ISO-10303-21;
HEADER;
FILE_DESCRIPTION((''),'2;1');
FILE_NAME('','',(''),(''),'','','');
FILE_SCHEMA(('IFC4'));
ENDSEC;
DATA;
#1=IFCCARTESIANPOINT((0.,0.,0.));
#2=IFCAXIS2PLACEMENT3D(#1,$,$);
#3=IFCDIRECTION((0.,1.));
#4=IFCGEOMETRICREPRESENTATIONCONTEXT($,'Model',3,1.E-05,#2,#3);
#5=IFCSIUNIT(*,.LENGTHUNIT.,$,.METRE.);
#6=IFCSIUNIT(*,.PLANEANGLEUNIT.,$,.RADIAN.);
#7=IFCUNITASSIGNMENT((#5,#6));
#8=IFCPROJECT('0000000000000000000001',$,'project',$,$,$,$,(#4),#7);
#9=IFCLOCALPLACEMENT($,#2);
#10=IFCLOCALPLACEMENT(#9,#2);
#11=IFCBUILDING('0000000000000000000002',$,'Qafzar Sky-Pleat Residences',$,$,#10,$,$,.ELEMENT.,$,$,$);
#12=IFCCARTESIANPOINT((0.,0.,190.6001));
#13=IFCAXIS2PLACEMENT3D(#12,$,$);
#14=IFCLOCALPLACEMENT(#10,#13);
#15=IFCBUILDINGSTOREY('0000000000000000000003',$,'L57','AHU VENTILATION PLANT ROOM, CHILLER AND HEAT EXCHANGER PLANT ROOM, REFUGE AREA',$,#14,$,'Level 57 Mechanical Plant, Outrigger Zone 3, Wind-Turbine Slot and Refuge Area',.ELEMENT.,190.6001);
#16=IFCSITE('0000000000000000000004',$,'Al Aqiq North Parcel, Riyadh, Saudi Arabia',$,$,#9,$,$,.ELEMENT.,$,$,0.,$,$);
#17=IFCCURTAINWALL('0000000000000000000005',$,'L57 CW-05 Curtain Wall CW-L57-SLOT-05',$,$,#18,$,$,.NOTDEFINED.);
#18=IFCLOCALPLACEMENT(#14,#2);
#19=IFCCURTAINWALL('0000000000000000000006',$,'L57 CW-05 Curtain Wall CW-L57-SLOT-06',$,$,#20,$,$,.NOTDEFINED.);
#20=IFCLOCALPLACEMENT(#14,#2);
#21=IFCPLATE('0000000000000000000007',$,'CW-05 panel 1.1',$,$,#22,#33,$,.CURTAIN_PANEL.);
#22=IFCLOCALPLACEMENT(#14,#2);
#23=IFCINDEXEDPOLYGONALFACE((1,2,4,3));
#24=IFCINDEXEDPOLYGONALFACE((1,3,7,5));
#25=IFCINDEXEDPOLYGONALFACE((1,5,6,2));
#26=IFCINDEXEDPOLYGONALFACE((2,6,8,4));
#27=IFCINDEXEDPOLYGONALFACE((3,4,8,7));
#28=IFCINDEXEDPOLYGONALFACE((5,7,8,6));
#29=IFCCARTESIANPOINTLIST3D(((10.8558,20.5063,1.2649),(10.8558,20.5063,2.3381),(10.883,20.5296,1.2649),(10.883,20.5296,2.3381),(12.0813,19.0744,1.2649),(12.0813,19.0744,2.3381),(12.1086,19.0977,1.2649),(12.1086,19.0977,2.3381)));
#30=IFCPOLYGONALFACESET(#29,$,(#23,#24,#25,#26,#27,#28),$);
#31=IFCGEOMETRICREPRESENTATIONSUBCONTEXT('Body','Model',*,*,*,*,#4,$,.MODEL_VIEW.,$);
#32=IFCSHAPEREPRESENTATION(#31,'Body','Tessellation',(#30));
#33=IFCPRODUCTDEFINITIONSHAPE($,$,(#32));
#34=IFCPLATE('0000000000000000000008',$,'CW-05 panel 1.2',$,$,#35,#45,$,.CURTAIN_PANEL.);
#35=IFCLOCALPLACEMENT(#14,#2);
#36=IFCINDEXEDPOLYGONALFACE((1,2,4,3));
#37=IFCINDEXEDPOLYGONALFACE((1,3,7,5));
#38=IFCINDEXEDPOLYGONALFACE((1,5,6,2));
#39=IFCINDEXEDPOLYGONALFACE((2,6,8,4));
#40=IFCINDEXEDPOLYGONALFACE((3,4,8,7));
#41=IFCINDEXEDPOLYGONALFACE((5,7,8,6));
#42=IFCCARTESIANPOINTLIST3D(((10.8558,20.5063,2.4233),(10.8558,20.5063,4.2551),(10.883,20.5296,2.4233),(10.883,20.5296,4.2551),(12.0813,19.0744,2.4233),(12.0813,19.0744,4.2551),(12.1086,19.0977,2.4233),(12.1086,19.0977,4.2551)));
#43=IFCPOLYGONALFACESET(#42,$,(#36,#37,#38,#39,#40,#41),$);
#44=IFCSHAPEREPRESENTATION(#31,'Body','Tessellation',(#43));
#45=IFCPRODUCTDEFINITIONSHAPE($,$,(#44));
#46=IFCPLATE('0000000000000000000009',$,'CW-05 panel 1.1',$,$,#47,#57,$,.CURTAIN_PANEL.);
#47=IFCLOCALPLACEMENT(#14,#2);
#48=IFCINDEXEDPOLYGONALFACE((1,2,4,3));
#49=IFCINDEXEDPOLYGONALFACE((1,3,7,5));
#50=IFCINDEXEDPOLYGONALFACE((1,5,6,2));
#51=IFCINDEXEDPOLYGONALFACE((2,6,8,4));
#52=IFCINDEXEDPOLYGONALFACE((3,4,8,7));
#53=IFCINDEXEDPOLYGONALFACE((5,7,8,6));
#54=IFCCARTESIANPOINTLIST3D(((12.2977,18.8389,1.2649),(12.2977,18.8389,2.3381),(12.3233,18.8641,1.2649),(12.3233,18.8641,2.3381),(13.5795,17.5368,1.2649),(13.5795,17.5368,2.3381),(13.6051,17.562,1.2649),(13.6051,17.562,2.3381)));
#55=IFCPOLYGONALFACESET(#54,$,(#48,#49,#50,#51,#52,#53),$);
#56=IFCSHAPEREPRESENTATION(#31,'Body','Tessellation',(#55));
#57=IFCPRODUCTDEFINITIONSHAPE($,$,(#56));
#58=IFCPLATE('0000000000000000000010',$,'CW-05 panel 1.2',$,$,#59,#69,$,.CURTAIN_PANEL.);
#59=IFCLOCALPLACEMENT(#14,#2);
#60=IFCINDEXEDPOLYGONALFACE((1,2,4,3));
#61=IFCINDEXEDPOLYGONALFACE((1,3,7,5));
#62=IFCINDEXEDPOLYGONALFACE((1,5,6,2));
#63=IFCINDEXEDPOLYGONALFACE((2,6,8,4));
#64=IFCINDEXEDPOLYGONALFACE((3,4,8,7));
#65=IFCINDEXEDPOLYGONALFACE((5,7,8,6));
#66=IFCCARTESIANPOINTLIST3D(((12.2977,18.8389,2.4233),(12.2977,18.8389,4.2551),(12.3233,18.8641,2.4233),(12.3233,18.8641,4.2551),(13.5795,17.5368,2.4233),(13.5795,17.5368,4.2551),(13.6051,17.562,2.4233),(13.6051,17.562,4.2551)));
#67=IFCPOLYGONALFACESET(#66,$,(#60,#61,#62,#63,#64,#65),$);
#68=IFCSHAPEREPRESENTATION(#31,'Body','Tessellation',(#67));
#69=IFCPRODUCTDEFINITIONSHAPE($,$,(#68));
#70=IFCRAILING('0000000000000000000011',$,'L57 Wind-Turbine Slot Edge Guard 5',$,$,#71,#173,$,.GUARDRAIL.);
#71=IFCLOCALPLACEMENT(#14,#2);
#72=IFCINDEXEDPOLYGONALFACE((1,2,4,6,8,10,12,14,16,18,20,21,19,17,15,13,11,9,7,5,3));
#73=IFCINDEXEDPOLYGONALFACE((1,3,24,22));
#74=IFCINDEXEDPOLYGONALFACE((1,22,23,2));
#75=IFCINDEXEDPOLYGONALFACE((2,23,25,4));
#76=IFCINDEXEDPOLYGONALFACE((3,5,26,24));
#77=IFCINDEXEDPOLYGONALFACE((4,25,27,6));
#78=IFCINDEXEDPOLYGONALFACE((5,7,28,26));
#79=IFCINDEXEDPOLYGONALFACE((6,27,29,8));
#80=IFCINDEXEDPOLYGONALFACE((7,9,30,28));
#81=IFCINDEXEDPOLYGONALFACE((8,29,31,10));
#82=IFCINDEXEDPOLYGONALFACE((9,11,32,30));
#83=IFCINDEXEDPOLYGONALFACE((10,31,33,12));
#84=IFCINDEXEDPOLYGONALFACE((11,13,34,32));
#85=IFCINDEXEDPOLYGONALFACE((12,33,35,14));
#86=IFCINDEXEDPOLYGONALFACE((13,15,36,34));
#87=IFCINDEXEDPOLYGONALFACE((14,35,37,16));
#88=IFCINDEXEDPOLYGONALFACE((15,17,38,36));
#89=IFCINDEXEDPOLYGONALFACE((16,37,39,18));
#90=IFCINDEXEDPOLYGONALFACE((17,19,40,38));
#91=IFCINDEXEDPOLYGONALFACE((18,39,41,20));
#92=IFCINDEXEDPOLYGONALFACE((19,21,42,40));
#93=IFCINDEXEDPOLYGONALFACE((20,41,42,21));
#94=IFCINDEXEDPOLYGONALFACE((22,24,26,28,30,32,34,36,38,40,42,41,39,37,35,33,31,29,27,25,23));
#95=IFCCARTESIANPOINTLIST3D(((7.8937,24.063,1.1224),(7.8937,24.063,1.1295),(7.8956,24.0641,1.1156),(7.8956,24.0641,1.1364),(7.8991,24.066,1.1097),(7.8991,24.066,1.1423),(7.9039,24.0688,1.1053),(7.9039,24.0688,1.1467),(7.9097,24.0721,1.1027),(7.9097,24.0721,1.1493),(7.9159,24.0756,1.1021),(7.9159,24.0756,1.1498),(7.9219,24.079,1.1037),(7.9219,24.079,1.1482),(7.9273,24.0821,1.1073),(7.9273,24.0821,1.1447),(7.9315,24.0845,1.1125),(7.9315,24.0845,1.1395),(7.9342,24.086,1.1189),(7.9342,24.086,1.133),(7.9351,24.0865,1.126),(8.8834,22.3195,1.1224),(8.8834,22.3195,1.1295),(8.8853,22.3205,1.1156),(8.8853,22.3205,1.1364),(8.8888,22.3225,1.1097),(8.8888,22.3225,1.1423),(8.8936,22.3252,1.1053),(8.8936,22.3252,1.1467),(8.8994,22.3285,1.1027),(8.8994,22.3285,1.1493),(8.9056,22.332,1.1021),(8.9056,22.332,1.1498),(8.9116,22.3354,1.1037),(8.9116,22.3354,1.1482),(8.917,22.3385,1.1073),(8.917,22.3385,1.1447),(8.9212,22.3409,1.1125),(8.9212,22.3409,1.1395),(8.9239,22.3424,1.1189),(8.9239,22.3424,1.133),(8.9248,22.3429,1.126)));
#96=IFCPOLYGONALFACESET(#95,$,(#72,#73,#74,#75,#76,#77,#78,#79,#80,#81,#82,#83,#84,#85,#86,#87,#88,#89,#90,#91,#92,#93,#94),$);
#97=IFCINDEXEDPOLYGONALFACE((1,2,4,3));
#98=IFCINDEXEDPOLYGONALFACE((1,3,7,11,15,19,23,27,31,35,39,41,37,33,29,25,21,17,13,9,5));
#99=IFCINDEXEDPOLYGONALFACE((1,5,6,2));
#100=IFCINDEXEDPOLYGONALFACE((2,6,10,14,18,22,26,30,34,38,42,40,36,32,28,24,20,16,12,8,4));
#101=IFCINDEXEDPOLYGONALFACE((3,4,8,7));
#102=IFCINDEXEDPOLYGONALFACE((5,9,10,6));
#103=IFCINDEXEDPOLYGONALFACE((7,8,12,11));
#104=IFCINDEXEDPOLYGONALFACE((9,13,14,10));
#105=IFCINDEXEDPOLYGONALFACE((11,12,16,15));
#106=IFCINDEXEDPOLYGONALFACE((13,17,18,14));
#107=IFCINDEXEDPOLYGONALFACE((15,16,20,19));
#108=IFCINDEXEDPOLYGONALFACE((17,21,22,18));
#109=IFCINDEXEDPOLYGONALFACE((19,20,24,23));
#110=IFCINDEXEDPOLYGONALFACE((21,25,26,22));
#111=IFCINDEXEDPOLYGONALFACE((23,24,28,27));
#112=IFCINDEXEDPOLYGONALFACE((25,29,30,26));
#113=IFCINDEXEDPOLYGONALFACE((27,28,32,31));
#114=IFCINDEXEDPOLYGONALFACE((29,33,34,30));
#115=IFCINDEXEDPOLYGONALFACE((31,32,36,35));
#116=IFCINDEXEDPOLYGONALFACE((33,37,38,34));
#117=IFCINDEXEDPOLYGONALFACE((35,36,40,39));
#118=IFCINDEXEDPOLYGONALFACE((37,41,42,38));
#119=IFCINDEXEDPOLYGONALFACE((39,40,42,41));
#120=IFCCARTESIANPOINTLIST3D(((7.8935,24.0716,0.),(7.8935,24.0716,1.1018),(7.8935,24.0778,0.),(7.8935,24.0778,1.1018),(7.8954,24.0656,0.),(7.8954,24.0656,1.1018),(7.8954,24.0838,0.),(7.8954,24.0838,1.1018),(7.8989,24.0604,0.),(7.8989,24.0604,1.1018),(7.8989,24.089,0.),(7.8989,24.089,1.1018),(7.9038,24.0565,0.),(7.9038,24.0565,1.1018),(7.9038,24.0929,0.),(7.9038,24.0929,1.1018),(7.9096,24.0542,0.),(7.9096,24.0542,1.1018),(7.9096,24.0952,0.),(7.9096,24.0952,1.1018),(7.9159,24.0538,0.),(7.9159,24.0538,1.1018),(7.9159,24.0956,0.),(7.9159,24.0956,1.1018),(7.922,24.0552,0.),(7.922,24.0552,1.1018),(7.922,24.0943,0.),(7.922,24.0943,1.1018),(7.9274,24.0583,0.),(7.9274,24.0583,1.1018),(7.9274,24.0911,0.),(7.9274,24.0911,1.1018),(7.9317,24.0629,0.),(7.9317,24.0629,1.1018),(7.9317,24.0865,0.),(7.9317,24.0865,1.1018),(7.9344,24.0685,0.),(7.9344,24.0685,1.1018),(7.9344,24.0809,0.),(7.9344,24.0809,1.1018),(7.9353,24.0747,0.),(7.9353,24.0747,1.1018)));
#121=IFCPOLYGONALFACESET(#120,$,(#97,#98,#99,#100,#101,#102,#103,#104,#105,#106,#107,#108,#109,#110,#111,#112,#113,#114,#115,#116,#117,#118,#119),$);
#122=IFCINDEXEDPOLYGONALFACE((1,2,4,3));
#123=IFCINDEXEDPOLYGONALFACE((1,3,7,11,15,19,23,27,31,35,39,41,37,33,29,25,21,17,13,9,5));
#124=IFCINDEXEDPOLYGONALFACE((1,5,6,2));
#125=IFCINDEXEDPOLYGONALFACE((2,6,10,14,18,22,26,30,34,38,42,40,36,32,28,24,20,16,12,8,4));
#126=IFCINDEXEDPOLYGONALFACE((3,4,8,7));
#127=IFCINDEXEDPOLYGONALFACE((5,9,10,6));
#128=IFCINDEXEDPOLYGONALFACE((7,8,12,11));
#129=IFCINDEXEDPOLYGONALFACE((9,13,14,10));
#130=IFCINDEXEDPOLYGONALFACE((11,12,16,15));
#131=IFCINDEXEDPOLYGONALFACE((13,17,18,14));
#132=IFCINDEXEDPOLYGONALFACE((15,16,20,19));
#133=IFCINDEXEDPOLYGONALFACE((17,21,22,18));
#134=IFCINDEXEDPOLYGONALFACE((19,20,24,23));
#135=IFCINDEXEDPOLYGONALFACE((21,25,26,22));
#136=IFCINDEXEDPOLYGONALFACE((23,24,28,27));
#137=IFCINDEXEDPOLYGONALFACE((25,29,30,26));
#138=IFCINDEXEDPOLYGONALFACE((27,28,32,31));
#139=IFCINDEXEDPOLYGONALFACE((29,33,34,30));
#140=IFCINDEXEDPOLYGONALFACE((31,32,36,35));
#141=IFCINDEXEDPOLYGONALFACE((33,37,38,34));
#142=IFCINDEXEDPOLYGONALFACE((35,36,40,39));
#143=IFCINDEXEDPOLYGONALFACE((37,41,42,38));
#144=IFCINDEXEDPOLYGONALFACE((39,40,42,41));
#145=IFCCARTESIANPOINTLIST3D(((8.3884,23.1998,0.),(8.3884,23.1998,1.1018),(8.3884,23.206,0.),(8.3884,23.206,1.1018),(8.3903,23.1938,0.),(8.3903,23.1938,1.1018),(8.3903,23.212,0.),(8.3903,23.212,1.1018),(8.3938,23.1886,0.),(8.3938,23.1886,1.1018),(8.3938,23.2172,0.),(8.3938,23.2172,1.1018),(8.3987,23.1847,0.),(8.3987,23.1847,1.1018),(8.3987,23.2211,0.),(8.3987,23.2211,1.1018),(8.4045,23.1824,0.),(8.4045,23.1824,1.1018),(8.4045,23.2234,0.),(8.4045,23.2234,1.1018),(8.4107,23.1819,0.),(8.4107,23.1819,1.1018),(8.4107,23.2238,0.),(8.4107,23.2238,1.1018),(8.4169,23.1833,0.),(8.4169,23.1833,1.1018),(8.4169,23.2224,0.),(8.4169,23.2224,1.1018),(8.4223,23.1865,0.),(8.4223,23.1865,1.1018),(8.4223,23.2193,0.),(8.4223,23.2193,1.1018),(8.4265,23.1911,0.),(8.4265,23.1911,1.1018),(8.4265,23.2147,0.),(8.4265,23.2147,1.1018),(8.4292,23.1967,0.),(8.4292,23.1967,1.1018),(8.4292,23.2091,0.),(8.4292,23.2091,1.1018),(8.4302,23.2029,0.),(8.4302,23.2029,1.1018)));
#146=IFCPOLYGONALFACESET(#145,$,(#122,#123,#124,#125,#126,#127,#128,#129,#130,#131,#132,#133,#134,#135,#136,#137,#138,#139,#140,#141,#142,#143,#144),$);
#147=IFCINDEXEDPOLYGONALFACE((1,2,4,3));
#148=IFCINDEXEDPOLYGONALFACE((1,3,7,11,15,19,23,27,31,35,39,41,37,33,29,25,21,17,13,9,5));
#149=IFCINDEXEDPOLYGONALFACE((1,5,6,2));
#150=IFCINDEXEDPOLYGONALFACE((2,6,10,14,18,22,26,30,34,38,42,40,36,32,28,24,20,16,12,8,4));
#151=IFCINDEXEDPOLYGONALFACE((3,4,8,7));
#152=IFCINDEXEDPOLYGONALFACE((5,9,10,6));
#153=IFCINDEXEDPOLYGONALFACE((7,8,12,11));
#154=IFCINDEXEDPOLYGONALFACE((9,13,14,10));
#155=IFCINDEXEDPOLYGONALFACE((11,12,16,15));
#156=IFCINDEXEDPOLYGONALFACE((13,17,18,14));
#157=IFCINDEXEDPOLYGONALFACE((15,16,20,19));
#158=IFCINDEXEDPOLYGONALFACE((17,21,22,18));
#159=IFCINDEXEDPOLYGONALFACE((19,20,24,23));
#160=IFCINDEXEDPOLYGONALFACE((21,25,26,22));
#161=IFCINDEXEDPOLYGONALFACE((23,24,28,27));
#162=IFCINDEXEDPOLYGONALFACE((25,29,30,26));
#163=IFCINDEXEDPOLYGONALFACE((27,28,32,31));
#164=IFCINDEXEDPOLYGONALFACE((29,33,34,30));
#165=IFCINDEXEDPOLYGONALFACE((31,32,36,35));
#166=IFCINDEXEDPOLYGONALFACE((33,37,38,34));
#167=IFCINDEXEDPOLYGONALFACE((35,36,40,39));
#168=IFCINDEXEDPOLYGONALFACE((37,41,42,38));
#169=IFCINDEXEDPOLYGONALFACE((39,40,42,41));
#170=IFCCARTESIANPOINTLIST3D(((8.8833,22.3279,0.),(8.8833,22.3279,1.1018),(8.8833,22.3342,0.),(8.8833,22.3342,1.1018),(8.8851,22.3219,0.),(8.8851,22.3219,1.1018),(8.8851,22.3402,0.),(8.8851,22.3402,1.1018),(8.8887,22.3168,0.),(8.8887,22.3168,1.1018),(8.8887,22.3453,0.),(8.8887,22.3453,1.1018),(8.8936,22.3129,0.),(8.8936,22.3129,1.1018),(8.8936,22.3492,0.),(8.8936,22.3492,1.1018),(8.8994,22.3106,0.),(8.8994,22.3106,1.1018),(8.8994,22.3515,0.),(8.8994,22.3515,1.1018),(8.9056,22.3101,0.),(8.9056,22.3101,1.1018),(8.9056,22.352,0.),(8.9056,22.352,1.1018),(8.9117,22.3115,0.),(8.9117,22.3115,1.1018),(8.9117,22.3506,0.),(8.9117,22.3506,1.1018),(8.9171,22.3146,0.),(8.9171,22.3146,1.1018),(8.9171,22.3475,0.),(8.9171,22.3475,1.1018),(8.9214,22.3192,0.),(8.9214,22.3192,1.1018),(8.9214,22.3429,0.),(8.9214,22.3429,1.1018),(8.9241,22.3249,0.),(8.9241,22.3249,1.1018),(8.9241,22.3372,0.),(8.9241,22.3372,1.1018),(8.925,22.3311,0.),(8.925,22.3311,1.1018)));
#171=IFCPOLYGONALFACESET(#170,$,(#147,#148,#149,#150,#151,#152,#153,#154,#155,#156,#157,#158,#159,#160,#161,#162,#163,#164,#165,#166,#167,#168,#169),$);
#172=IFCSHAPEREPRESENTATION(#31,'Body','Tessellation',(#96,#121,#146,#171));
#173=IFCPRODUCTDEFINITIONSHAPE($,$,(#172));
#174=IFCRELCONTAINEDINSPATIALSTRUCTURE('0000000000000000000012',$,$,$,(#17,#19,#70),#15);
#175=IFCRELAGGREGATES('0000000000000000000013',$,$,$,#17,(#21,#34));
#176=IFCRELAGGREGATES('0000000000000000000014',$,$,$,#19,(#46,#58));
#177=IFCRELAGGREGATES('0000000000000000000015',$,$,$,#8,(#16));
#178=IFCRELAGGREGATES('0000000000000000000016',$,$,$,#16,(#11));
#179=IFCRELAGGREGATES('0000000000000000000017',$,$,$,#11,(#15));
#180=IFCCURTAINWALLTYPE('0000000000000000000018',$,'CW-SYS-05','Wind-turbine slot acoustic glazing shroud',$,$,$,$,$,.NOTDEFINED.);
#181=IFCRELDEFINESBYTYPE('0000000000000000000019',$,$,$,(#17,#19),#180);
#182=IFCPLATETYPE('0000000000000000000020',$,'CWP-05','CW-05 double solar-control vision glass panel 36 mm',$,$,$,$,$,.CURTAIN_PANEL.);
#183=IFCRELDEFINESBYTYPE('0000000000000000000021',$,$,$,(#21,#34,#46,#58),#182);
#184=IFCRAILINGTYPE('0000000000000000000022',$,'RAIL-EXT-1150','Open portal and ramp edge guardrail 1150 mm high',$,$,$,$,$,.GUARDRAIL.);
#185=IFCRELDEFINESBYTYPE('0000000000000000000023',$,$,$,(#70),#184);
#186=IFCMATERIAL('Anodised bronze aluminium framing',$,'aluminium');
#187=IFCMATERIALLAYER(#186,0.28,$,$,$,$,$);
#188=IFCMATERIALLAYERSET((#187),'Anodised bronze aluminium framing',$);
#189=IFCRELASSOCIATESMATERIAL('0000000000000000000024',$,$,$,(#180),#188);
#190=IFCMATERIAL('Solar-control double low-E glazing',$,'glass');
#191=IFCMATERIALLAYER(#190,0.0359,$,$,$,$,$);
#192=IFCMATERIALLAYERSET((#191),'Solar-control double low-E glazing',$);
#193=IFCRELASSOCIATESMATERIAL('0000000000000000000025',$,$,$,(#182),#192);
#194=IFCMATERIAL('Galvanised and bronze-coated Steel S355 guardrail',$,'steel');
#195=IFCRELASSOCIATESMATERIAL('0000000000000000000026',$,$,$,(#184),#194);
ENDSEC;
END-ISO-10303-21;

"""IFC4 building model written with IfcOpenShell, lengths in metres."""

from ifc_helpers import new_model, si_unit, direction, frame, origin, origin_2d, place, context, subcontext, project, spatial, rectangle, circle, extrude, source, transform, mapped, material, layer, layer_set, type_object, element, aggregate, save


model = new_model("IFC4")

# Units and contexts
model_context = context("Model", 3, precision=1e-05, world=origin(), true_north=direction((0.0, 1.0)))
body_context = subcontext(model_context, "Body", "Model", "MODEL_VIEW")
ifc_project = project(units=[si_unit("LENGTHUNIT", "METRE"), si_unit("PLANEANGLEUNIT", "RADIAN")], contexts=[model_context])

# Site, building, storey
site_placement = place(None, origin())
site = spatial("IfcSite", under=ifc_project, at=site_placement, Name="Al Aqiq North Parcel, Riyadh, Saudi Arabia", CompositionType="ELEMENT", RefElevation=0.0)
building_placement = place(site_placement, origin())
building = spatial("IfcBuilding", under=site, at=building_placement, Name="Qafzar Sky-Pleat Residences", CompositionType="ELEMENT")
storey_placement = place(building_placement, frame((0.0, 0.0, 190.6001)))
storey = spatial("IfcBuildingStorey", under=building, at=storey_placement, Name="L57", Description="AHU VENTILATION PLANT ROOM, CHILLER AND HEAT EXCHANGER PLANT ROOM, REFUGE AREA", LongName="Level 57 Mechanical Plant, Outrigger Zone 3, Wind-Turbine Slot and Refuge Area", CompositionType="ELEMENT", Elevation=190.6001)

# Shared definitions
ifc_material_1 = material(Name="Anodised bronze aluminium framing", Category="aluminium")
ifc_layer_1 = layer(ifc_material_1, 0.28)
ifc_layer_set_1 = layer_set([ifc_layer_1], Name="Anodised bronze aluminium framing")
curtain_wall_type = type_object("IfcCurtainWallType", Name="CW-SYS-05", Description="Wind-turbine slot acoustic glazing shroud", PredefinedType="NOTDEFINED", material=ifc_layer_set_1)

# Curtain walls
curtain_wall_1_placement = place(storey_placement, origin())
curtain_wall_1 = element("IfcCurtainWall", 1, at=curtain_wall_1_placement, inside=storey, type_object=curtain_wall_type, Name="L57 CW-05 Curtain Wall CW-L57-SLOT-05", PredefinedType="NOTDEFINED")
curtain_wall_2_placement = place(storey_placement, origin())
curtain_wall_2 = element("IfcCurtainWall", 2, at=curtain_wall_2_placement, inside=storey, type_object=curtain_wall_type, Name="L57 CW-05 Curtain Wall CW-L57-SLOT-06", PredefinedType="NOTDEFINED")

# Plates
ifc_material_2 = material(Name="Solar-control double low-E glazing", Category="glass")
ifc_layer_2 = layer(ifc_material_2, 0.0359)
ifc_layer_set_2 = layer_set([ifc_layer_2], Name="Solar-control double low-E glazing")
plate_type = type_object("IfcPlateType", Name="CWP-05", Description="CW-05 double solar-control vision glass panel 36 mm", PredefinedType="CURTAIN_PANEL", material=ifc_layer_set_2)
shared_shape_1 = source(origin(), body_context, "Body", "SweptSolid", [
    extrude(rectangle(XDim=1.8848, YDim=0.0359, at=origin_2d()), origin(), (0.0, 0.0, 1.0), 1.0732),
])
plate_1_placement = place(storey_placement, frame((11.4822, 19.802, 1.2649), z_axis=(0.0, 0.0, 1.0), x_axis=(0.650258, -0.759713, 0.0)))
plate_1 = element("IfcPlate", 3, at=plate_1_placement, type_object=plate_type, Name="CW-05 panel 1.1", PredefinedType="CURTAIN_PANEL", context=body_context, shape_type="MappedRepresentation", body=[
    mapped(shared_shape_1, transform((0.0, 0.0, 0.0), x_axis=(1.0, 0.0, 0.0), y_axis=(0.0, 1.0, 0.0), z_axis=(0.0, 0.0, 1.0), scale=1.0)),
])
shared_shape_2 = source(origin(), body_context, "Body", "SweptSolid", [
    extrude(rectangle(XDim=1.8848, YDim=0.0359, at=origin_2d()), origin(), (0.0, 0.0, 1.0), 1.8318),
])
plate_2_placement = place(storey_placement, frame((11.4822, 19.802, 2.4233), z_axis=(0.0, 0.0, 1.0), x_axis=(0.650258, -0.759713, 0.0)))
plate_2 = element("IfcPlate", 4, at=plate_2_placement, type_object=plate_type, Name="CW-05 panel 1.2", PredefinedType="CURTAIN_PANEL", context=body_context, shape_type="MappedRepresentation", body=[
    mapped(shared_shape_2, transform((0.0, 0.0, 0.0), x_axis=(1.0, 0.0, 0.0), y_axis=(0.0, 1.0, 0.0), z_axis=(0.0, 0.0, 1.0), scale=1.0)),
])
aggregate(curtain_wall_1, [plate_1, plate_2])
shared_shape_3 = source(origin(), body_context, "Body", "SweptSolid", [
    extrude(rectangle(XDim=1.8271, YDim=0.0359, at=origin_2d()), origin(), (0.0, 0.0, 1.0), 1.0732),
])
plate_3_placement = place(storey_placement, frame((12.9514, 18.2004, 1.2649), z_axis=(0.0, 0.0, 1.0), x_axis=(0.701527, -0.712643, 0.0)))
plate_3 = element("IfcPlate", 5, at=plate_3_placement, type_object=plate_type, Name="CW-05 panel 1.1", PredefinedType="CURTAIN_PANEL", context=body_context, shape_type="MappedRepresentation", body=[
    mapped(shared_shape_3, transform((0.0, 0.0, 0.0), x_axis=(1.0, 0.0, 0.0), y_axis=(0.0, 1.0, 0.0), z_axis=(0.0, 0.0, 1.0), scale=1.0)),
])
shared_shape_4 = source(origin(), body_context, "Body", "SweptSolid", [
    extrude(rectangle(XDim=1.8271, YDim=0.0359, at=origin_2d()), origin(), (0.0, 0.0, 1.0), 1.8318),
])
plate_4_placement = place(storey_placement, frame((12.9514, 18.2004, 2.4233), z_axis=(0.0, 0.0, 1.0), x_axis=(0.701527, -0.712643, 0.0)))
plate_4 = element("IfcPlate", 6, at=plate_4_placement, type_object=plate_type, Name="CW-05 panel 1.2", PredefinedType="CURTAIN_PANEL", context=body_context, shape_type="MappedRepresentation", body=[
    mapped(shared_shape_4, transform((0.0, 0.0, 0.0), x_axis=(1.0, 0.0, 0.0), y_axis=(0.0, 1.0, 0.0), z_axis=(0.0, 0.0, 1.0), scale=1.0)),
])
aggregate(curtain_wall_2, [plate_3, plate_4])

# Railing
ifc_material_3 = material(Name="Galvanised and bronze-coated Steel S355 guardrail", Category="steel")
railing_type = type_object("IfcRailingType", Name="RAIL-EXT-1150", Description="Open portal and ramp edge guardrail 1150 mm high", PredefinedType="GUARDRAIL", material=ifc_material_3)
shared_shape_5 = source(origin(), body_context, "Body", "SweptSolid", [
    extrude(circle(Radius=0.0239, at=origin_2d()), frame((0.0, 0.0, 1.126), z_axis=(0.493645, -0.869663, 0.0), x_axis=(0.869663, 0.493645, 0.0)), (0.0, 0.0, 1.0), 2.0049),
    extrude(circle(Radius=0.021, at=origin_2d()), origin(), (0.0, 0.0, 1.0), 1.1018),
    extrude(circle(Radius=0.021, at=origin_2d()), frame((0.4949, -0.8718, 0.0)), (0.0, 0.0, 1.0), 1.1018),
    extrude(circle(Radius=0.021, at=origin_2d()), frame((0.9897, -1.7437, 0.0)), (0.0, 0.0, 1.0), 1.1018),
])
railing_1_placement = place(storey_placement, frame((7.9143, 24.0747, 0.0)))
element("IfcRailing", 7, at=railing_1_placement, inside=storey, type_object=railing_type, Name="L57 Wind-Turbine Slot Edge Guard 5", PredefinedType="GUARDRAIL", context=body_context, shape_type="MappedRepresentation", body=[
    mapped(shared_shape_5, transform((0.0, 0.0, 0.0), x_axis=(1.0, 0.0, 0.0), y_axis=(0.0, 1.0, 0.0), z_axis=(0.0, 0.0, 1.0), scale=1.0)),
])

save(model, "model.ifc")
